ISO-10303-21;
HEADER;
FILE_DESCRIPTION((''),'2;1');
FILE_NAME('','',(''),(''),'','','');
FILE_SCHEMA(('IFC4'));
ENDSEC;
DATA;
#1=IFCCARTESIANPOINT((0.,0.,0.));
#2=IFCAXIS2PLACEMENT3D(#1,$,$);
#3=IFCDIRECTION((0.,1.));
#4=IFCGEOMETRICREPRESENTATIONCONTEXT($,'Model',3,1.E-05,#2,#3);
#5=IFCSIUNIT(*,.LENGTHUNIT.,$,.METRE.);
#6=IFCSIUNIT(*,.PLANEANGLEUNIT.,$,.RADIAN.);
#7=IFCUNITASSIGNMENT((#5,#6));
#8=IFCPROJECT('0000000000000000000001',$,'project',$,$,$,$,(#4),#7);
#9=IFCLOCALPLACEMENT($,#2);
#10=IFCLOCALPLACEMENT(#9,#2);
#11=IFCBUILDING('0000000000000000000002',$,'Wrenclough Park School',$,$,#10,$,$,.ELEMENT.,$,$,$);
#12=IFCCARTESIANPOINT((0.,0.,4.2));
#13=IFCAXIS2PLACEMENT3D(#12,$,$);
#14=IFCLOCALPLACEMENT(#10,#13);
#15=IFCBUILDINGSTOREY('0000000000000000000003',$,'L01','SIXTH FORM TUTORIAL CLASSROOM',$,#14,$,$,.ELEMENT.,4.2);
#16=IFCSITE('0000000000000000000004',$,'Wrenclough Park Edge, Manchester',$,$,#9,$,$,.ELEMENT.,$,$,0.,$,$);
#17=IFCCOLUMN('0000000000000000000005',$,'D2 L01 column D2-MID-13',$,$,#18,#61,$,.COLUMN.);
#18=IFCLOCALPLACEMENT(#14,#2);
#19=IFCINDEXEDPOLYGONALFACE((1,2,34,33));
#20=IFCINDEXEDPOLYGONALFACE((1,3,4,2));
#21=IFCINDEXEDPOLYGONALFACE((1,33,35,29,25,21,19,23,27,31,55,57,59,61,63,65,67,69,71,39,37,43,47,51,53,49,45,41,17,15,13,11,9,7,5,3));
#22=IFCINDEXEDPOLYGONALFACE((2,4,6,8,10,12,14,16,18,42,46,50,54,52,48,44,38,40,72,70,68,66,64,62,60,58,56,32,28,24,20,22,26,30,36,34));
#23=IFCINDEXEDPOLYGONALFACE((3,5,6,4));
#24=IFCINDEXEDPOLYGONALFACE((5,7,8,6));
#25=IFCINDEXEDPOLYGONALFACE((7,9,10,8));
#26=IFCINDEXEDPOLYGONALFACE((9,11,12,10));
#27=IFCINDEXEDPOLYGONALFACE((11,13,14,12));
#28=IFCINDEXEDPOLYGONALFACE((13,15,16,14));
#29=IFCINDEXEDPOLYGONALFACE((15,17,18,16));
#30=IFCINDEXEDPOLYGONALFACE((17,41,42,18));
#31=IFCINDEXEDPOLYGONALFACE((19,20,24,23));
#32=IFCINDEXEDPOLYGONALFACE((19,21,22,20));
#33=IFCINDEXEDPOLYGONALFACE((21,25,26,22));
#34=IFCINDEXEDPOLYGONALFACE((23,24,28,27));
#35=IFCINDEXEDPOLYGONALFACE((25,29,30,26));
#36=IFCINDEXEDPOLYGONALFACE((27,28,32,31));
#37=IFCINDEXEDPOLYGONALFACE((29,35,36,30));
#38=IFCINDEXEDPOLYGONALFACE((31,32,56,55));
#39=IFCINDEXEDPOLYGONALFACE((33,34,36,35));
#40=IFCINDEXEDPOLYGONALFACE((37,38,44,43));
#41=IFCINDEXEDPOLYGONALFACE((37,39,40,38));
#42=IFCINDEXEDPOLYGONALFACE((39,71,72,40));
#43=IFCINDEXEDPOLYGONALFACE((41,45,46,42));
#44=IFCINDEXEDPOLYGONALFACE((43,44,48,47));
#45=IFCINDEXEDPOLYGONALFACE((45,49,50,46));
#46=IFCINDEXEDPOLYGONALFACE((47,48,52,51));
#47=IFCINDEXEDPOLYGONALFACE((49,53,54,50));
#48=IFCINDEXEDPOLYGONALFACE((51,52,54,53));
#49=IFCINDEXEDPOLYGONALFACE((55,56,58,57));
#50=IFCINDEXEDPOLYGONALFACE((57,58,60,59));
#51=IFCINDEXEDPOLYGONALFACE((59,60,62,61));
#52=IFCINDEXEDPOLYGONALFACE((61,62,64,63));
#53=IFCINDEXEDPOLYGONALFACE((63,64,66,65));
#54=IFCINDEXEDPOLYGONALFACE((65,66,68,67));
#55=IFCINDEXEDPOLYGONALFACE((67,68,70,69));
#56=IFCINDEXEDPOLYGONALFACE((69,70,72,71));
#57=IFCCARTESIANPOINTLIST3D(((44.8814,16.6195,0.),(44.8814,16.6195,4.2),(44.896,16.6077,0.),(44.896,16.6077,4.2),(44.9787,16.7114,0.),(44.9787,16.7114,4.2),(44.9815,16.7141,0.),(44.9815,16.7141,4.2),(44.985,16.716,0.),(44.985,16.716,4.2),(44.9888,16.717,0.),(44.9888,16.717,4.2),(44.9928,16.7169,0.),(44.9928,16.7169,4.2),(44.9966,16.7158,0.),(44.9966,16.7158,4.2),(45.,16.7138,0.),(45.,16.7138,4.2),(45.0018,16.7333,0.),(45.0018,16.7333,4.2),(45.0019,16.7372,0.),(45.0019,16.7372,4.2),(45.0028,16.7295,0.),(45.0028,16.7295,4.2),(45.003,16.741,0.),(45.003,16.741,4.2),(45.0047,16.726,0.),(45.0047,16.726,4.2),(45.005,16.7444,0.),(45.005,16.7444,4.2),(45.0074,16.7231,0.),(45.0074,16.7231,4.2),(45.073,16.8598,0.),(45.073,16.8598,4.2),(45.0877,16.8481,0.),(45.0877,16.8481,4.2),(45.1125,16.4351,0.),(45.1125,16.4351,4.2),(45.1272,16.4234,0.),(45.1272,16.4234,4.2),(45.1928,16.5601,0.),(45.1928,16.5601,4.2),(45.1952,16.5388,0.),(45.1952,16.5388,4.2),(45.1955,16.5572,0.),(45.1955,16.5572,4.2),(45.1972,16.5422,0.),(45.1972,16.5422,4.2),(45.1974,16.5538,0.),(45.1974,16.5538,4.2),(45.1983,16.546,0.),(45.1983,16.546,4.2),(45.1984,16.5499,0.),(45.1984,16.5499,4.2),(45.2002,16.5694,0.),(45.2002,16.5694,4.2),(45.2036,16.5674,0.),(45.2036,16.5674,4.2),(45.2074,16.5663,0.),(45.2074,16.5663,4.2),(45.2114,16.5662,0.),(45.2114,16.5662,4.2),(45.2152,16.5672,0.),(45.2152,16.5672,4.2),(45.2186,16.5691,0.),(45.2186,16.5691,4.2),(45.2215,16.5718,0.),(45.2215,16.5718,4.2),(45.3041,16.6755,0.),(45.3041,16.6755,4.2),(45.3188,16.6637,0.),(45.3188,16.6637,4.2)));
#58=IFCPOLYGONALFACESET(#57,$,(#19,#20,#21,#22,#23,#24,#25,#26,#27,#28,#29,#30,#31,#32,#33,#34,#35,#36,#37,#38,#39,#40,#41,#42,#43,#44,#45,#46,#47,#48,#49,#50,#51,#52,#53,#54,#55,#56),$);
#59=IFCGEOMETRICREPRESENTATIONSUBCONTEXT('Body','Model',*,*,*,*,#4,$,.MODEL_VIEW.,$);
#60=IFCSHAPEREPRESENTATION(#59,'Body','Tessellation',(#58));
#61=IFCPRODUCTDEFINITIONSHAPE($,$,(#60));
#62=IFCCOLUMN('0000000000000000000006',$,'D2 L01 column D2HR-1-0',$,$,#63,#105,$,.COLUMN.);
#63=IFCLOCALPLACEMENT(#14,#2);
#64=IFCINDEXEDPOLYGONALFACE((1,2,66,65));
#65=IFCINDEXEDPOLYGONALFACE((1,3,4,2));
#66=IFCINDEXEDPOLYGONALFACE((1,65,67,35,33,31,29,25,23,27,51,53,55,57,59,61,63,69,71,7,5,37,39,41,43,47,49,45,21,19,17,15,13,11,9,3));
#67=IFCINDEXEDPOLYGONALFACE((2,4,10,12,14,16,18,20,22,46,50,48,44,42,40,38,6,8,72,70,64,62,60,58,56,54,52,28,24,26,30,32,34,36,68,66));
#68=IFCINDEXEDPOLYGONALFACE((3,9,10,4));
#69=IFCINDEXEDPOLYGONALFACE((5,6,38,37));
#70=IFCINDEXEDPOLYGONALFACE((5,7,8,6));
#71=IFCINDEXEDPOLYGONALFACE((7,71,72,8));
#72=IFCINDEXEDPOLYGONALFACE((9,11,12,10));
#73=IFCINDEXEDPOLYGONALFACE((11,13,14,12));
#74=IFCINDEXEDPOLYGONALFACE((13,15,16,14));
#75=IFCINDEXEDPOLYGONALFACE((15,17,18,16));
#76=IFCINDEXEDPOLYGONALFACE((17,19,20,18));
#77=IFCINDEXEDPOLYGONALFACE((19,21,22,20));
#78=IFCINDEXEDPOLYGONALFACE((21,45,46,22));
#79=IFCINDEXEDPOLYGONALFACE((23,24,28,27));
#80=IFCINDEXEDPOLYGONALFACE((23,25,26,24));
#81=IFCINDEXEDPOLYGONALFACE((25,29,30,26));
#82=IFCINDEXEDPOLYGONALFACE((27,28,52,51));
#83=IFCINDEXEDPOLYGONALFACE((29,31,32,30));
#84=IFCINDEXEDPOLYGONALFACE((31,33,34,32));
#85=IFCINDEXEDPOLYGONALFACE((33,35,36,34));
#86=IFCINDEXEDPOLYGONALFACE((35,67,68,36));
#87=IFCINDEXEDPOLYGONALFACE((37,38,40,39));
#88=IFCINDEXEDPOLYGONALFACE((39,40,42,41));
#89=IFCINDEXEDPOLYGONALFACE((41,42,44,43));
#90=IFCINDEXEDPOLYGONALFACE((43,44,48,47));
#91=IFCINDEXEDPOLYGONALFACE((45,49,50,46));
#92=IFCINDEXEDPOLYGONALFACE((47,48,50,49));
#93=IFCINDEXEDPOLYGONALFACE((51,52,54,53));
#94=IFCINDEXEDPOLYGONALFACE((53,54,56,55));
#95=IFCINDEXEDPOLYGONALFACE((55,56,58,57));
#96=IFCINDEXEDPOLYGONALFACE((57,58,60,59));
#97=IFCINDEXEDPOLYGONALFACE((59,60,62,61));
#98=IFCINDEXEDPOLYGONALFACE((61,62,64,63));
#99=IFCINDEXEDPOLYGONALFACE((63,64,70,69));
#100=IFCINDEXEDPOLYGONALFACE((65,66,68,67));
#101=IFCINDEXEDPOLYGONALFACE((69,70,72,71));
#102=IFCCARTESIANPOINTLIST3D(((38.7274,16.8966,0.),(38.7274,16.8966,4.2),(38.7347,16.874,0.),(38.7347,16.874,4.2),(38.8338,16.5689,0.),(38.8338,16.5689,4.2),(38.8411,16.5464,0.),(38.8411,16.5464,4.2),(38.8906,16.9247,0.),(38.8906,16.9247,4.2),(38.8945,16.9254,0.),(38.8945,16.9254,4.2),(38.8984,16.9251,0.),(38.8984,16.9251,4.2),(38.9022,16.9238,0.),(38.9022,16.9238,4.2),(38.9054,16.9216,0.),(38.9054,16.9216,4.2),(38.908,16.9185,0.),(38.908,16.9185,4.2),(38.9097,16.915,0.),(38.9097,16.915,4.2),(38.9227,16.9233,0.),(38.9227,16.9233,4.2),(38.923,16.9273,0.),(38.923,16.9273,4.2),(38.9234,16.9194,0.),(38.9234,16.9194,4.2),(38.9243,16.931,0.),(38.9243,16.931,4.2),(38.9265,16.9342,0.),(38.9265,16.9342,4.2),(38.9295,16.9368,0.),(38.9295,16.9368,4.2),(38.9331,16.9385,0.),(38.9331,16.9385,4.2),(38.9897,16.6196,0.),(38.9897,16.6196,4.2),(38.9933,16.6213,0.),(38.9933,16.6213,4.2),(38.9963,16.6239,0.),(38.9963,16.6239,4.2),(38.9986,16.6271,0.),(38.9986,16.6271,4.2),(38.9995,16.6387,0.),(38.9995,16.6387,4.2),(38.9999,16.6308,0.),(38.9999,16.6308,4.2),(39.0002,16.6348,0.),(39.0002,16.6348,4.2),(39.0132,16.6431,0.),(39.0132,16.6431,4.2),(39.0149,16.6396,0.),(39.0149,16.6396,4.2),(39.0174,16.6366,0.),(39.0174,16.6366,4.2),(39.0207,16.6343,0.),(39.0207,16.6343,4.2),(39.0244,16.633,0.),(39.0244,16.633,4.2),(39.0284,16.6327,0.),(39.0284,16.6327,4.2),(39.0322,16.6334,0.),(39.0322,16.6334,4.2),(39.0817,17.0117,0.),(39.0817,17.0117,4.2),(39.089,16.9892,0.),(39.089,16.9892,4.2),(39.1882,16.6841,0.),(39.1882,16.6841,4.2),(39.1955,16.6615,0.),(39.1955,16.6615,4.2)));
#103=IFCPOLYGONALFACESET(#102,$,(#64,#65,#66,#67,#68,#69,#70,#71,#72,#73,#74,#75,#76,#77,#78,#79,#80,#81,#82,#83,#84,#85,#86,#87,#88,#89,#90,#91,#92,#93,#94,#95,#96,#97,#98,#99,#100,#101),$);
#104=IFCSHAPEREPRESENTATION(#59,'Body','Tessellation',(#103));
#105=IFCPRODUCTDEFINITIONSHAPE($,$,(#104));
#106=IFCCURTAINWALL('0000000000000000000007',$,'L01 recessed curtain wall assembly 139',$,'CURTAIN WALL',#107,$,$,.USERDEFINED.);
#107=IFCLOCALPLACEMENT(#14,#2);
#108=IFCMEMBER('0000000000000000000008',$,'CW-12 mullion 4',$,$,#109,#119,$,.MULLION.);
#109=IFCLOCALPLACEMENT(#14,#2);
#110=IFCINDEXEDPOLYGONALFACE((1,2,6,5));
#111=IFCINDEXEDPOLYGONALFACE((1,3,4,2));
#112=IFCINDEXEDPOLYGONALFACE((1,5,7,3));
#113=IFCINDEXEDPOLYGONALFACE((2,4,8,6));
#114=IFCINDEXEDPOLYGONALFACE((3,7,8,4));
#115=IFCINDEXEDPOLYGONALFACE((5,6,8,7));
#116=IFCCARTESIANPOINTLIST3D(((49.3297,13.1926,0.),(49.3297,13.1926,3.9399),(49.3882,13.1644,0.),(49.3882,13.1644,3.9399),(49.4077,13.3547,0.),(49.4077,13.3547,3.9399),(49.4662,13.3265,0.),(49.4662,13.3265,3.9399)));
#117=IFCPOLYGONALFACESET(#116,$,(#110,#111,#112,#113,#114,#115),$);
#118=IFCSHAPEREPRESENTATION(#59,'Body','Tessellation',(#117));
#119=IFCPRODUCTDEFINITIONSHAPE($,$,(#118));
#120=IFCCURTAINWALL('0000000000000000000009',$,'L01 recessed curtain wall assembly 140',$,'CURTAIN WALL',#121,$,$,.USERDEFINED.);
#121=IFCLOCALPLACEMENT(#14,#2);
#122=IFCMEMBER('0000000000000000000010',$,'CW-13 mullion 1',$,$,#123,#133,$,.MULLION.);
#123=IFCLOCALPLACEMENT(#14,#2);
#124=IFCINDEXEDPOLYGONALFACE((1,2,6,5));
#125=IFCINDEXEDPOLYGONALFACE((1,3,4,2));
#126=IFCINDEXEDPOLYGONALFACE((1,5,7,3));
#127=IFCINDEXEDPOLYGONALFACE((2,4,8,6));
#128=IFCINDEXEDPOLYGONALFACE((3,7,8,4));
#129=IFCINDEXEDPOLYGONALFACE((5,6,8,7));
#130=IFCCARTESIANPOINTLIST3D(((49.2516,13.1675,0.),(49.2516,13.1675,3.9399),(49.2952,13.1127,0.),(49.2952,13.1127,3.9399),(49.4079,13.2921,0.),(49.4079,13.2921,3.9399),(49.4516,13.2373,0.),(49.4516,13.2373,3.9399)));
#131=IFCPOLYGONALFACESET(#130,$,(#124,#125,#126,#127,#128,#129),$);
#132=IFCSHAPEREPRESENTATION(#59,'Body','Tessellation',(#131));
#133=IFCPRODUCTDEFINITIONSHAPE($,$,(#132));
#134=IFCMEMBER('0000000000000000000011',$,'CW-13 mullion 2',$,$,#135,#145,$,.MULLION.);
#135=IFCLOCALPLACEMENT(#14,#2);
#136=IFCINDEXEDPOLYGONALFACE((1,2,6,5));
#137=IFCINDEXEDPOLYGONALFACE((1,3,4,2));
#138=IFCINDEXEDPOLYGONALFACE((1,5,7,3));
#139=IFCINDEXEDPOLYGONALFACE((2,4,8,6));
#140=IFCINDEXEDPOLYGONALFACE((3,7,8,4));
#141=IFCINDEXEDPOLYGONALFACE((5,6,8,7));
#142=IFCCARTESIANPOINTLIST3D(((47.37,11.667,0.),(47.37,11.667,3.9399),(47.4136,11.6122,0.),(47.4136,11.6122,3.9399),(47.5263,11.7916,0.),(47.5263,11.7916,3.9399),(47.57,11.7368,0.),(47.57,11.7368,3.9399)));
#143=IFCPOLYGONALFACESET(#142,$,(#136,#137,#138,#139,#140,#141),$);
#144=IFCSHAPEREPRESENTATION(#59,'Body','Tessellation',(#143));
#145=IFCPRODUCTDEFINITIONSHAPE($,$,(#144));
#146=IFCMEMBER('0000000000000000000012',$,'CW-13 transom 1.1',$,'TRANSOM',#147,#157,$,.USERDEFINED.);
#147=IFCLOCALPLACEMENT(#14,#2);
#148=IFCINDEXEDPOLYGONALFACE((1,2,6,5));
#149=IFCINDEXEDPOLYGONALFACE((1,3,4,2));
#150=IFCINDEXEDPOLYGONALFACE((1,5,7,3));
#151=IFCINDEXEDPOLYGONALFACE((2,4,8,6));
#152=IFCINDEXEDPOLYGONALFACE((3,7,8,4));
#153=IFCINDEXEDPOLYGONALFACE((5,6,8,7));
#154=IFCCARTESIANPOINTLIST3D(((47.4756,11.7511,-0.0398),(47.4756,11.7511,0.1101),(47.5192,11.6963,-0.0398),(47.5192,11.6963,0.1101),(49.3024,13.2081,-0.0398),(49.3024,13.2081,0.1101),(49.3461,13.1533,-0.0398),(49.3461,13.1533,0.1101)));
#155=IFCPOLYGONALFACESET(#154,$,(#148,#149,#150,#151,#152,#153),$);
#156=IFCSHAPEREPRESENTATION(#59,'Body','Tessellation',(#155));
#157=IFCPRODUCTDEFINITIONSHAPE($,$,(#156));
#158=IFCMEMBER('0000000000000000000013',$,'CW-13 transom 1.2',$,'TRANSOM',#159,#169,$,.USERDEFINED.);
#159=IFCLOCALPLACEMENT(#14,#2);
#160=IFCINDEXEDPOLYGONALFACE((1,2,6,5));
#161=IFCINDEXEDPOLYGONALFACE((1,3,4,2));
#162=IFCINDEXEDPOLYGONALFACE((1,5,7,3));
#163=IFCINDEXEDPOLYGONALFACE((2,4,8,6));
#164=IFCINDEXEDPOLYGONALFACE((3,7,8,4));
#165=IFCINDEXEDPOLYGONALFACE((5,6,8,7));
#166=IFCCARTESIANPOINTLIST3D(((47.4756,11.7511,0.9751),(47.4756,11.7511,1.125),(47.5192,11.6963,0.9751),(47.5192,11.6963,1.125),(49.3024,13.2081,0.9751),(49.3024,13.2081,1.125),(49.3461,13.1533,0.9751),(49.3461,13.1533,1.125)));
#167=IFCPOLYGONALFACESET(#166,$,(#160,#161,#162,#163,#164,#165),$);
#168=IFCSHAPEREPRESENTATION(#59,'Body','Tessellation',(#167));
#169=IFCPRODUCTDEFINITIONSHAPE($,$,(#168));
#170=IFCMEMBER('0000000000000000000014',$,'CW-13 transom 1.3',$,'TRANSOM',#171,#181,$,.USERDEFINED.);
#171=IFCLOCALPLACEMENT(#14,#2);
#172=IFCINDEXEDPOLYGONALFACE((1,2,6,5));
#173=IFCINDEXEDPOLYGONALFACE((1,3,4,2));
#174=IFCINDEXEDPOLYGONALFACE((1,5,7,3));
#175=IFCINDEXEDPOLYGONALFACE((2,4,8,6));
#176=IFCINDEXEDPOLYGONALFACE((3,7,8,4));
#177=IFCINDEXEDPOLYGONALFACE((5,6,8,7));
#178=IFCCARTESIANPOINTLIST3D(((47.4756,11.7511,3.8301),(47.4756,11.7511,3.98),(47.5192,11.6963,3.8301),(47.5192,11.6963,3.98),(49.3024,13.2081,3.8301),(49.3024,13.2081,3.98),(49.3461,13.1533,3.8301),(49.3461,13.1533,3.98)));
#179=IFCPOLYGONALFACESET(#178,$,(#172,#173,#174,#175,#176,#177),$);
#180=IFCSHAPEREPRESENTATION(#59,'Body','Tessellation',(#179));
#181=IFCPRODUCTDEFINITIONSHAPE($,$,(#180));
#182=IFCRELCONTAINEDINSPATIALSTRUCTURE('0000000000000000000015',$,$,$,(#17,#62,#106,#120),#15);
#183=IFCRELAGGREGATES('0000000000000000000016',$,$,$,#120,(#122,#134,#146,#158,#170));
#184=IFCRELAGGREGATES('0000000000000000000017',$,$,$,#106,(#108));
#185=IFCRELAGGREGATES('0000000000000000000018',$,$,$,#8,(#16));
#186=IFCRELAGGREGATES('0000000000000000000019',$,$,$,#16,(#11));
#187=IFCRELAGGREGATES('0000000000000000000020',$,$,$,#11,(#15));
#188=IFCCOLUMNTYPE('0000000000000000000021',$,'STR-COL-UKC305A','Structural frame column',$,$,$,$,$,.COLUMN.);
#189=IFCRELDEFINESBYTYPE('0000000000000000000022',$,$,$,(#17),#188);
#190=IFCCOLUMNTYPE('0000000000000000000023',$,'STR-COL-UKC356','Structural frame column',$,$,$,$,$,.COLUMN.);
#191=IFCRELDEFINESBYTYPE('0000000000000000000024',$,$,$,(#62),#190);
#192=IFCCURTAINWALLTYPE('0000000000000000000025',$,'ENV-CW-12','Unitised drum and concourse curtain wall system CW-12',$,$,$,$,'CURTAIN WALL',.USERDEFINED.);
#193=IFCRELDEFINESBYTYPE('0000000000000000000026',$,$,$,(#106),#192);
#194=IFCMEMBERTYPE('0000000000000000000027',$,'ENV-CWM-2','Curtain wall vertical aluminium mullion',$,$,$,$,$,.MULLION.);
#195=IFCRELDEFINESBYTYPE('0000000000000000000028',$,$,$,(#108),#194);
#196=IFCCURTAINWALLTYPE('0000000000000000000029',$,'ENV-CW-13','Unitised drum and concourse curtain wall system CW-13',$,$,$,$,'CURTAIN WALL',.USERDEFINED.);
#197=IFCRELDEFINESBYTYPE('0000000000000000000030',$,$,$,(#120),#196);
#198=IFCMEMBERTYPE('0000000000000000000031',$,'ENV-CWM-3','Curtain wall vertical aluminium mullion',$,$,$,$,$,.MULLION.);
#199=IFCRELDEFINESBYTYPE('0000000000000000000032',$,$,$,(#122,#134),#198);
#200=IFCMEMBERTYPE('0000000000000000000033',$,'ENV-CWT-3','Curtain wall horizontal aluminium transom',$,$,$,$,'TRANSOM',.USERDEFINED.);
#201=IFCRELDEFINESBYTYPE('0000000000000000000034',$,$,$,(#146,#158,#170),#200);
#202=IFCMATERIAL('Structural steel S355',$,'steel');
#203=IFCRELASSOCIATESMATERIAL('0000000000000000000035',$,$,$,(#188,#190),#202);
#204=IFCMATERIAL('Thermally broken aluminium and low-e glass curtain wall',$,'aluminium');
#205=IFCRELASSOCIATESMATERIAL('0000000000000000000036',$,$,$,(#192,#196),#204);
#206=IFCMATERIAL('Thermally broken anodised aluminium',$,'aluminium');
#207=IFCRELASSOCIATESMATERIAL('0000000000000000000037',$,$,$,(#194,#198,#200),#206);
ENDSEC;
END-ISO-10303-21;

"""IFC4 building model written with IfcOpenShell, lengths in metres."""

from ifc_helpers import new_model, si_unit, direction, frame, origin, origin_2d, place, context, subcontext, project, spatial, rectangle, i_section, extrude, material, material_profile, profile_set, type_object, element, aggregate, save


model = new_model("IFC4")

# Units and contexts
model_context = context("Model", 3, precision=1e-05, world=origin(), true_north=direction((0.0, 1.0)))
body_context = subcontext(model_context, "Body", "Model", "MODEL_VIEW")
ifc_project = project(units=[si_unit("LENGTHUNIT", "METRE"), si_unit("PLANEANGLEUNIT", "RADIAN")], contexts=[model_context])

# Site, building, storey
site_placement = place(None, origin())
site = spatial("IfcSite", under=ifc_project, at=site_placement, Name="Wrenclough Park Edge, Manchester", CompositionType="ELEMENT", RefElevation=0.0)
building_placement = place(site_placement, origin())
building = spatial("IfcBuilding", under=site, at=building_placement, Name="Wrenclough Park School", CompositionType="ELEMENT")
storey_placement = place(building_placement, frame((0.0, 0.0, 4.2)))
storey = spatial("IfcBuildingStorey", under=building, at=storey_placement, Name="L01", Description="SIXTH FORM TUTORIAL CLASSROOM", CompositionType="ELEMENT", Elevation=4.2)

# Columns
ifc_material_1 = material(Name="Structural steel S355", Category="steel")
ifc_material_profile_1 = material_profile(ifc_material_1, i_section(OverallWidth=0.3074, OverallDepth=0.3145, WebThickness=0.012, FlangeThickness=0.0188, FilletRadius=0.0151, at=origin_2d()), Name="UKC 305x305x118")
ifc_profile_set_1 = profile_set([ifc_material_profile_1], Name="Structural steel S355")
column_type_1 = type_object("IfcColumnType", Name="STR-COL-UKC305A", Description="Structural frame column", PredefinedType="COLUMN", material=ifc_profile_set_1)
column_1_placement = place(storey_placement, frame((45.1001, 16.6416, 0.0), z_axis=(0.0, 0.0, 1.0), x_axis=(0.62347, 0.781847, 0.0)))
element("IfcColumn", 1, at=column_1_placement, inside=storey, type_object=column_type_1, Name="D2 L01 column D2-MID-13", PredefinedType="COLUMN", context=body_context, shape_type="SweptSolid", body=[
    extrude(i_section(OverallWidth=0.3074, OverallDepth=0.3145, WebThickness=0.012, FlangeThickness=0.0188, FilletRadius=0.0151, at=origin_2d()), origin(), (0.0, 0.0, 1.0), 4.2),
])
ifc_material_profile_2 = material_profile(ifc_material_1, i_section(OverallWidth=0.3726, OverallDepth=0.3682, WebThickness=0.0144, FlangeThickness=0.0237, FilletRadius=0.0151, at=origin_2d()), Name="UKC 356x368x177")
ifc_profile_set_2 = profile_set([ifc_material_profile_2], Name="Structural steel S355")
column_type_2 = type_object("IfcColumnType", Name="STR-COL-UKC356", Description="Structural frame column", PredefinedType="COLUMN", material=ifc_profile_set_2)
column_2_placement = place(storey_placement, frame((38.9614, 16.7791, 0.0), z_axis=(0.0, 0.0, 1.0), x_axis=(0.951057, 0.309017, 0.0)))
element("IfcColumn", 2, at=column_2_placement, inside=storey, type_object=column_type_2, Name="D2 L01 column D2HR-1-0", PredefinedType="COLUMN", context=body_context, shape_type="SweptSolid", body=[
    extrude(i_section(OverallWidth=0.3726, OverallDepth=0.3682, WebThickness=0.0144, FlangeThickness=0.0237, FilletRadius=0.0151, at=origin_2d()), origin(), (0.0, 0.0, 1.0), 4.2),
])

# Curtain wall, member
ifc_material_2 = material(Name="Thermally broken aluminium and low-e glass curtain wall", Category="aluminium")
curtain_wall_type_1 = type_object("IfcCurtainWallType", Name="ENV-CW-12", Description="Unitised drum and concourse curtain wall system CW-12", ElementType="CURTAIN WALL", PredefinedType="USERDEFINED", material=ifc_material_2)
curtain_wall_1_placement = place(storey_placement, origin())
curtain_wall_1 = element("IfcCurtainWall", 3, at=curtain_wall_1_placement, inside=storey, type_object=curtain_wall_type_1, Name="L01 recessed curtain wall assembly 139", ObjectType="CURTAIN WALL", PredefinedType="USERDEFINED")
ifc_material_3 = material(Name="Thermally broken anodised aluminium", Category="aluminium")
ifc_material_profile_3 = material_profile(ifc_material_3, rectangle(XDim=0.0649, YDim=0.1799, at=origin_2d()), Name="AL MULLION 65x180")
ifc_profile_set_3 = profile_set([ifc_material_profile_3], Name="Thermally broken anodised aluminium")
member_type_1 = type_object("IfcMemberType", Name="ENV-CWM-2", Description="Curtain wall vertical aluminium mullion", PredefinedType="MULLION", material=ifc_profile_set_3)
member_1_placement = place(storey_placement, frame((49.3979, 13.2595, 0.0), z_axis=(0.0, 0.0, 1.0), x_axis=(0.900964, -0.433895, 0.0)))
member_1 = element("IfcMember", 4, at=member_1_placement, type_object=member_type_1, Name="CW-12 mullion 4", PredefinedType="MULLION", context=body_context, shape_type="SweptSolid", body=[
    extrude(rectangle(XDim=0.0649, YDim=0.1799, at=origin_2d()), origin(), (0.0, 0.0, 1.0), 3.9399),
])

# Curtain wall, members
curtain_wall_type_2 = type_object("IfcCurtainWallType", Name="ENV-CW-13", Description="Unitised drum and concourse curtain wall system CW-13", ElementType="CURTAIN WALL", PredefinedType="USERDEFINED", material=ifc_material_2)
curtain_wall_2_placement = place(storey_placement, origin())
curtain_wall_2 = element("IfcCurtainWall", 5, at=curtain_wall_2_placement, inside=storey, type_object=curtain_wall_type_2, Name="L01 recessed curtain wall assembly 140", ObjectType="CURTAIN WALL", PredefinedType="USERDEFINED")
ifc_material_profile_4 = material_profile(ifc_material_3, rectangle(XDim=0.0701, YDim=0.2, at=origin_2d()), Name="AL MULLION 70x200")
ifc_profile_set_4 = profile_set([ifc_material_profile_4], Name="Thermally broken anodised aluminium")
member_type_2 = type_object("IfcMemberType", Name="ENV-CWM-3", Description="Curtain wall vertical aluminium mullion", PredefinedType="MULLION", material=ifc_profile_set_4)
member_2_placement = place(storey_placement, frame((49.3516, 13.2024, 0.0), z_axis=(0.0, 0.0, 1.0), x_axis=(0.623484, -0.781836, 0.0)))
member_2 = element("IfcMember", 6, at=member_2_placement, type_object=member_type_2, Name="CW-13 mullion 1", PredefinedType="MULLION", context=body_context, shape_type="SweptSolid", body=[
    extrude(rectangle(XDim=0.0701, YDim=0.2, at=origin_2d()), origin(), (0.0, 0.0, 1.0), 3.9399),
])
member_3_placement = place(storey_placement, frame((47.47, 11.7019, 0.0), z_axis=(0.0, 0.0, 1.0), x_axis=(0.623484, -0.781836, 0.0)))
member_3 = element("IfcMember", 7, at=member_3_placement, type_object=member_type_2, Name="CW-13 mullion 2", PredefinedType="MULLION", context=body_context, shape_type="SweptSolid", body=[
    extrude(rectangle(XDim=0.0701, YDim=0.2, at=origin_2d()), origin(), (0.0, 0.0, 1.0), 3.9399),
])
ifc_material_profile_5 = material_profile(ifc_material_3, rectangle(XDim=0.0701, YDim=0.1499, at=origin_2d()), Name="AL TRANSOM 70x150")
ifc_profile_set_5 = profile_set([ifc_material_profile_5], Name="Thermally broken anodised aluminium")
member_type_3 = type_object("IfcMemberType", Name="ENV-CWT-3", Description="Curtain wall horizontal aluminium transom", ElementType="TRANSOM", PredefinedType="USERDEFINED", material=ifc_profile_set_5)
member_4_placement = place(storey_placement, frame((49.3242, 13.1807, 0.0352), z_axis=(-0.781806, -0.623522, 0.0), x_axis=(0.623522, -0.781806, 0.0)))
member_4 = element("IfcMember", 8, at=member_4_placement, type_object=member_type_3, Name="CW-13 transom 1.1", ObjectType="TRANSOM", PredefinedType="USERDEFINED", context=body_context, shape_type="SweptSolid", body=[
    extrude(rectangle(XDim=0.0701, YDim=0.1499, at=origin_2d()), origin(), (0.0, 0.0, 1.0), 2.3367),
])
member_5_placement = place(storey_placement, frame((49.3242, 13.1807, 1.05), z_axis=(-0.781806, -0.623522, 0.0), x_axis=(0.623522, -0.781806, 0.0)))
member_5 = element("IfcMember", 9, at=member_5_placement, type_object=member_type_3, Name="CW-13 transom 1.2", ObjectType="TRANSOM", PredefinedType="USERDEFINED", context=body_context, shape_type="SweptSolid", body=[
    extrude(rectangle(XDim=0.0701, YDim=0.1499, at=origin_2d()), origin(), (0.0, 0.0, 1.0), 2.3367),
])
member_6_placement = place(storey_placement, frame((49.3242, 13.1807, 3.905), z_axis=(-0.781806, -0.623522, 0.0), x_axis=(0.623522, -0.781806, 0.0)))
member_6 = element("IfcMember", 10, at=member_6_placement, type_object=member_type_3, Name="CW-13 transom 1.3", ObjectType="TRANSOM", PredefinedType="USERDEFINED", context=body_context, shape_type="SweptSolid", body=[
    extrude(rectangle(XDim=0.0701, YDim=0.1499, at=origin_2d()), origin(), (0.0, 0.0, 1.0), 2.3367),
])

aggregate(curtain_wall_2, [member_2, member_3, member_4, member_5, member_6])
aggregate(curtain_wall_1, [member_1])

save(model, "model.ifc")
